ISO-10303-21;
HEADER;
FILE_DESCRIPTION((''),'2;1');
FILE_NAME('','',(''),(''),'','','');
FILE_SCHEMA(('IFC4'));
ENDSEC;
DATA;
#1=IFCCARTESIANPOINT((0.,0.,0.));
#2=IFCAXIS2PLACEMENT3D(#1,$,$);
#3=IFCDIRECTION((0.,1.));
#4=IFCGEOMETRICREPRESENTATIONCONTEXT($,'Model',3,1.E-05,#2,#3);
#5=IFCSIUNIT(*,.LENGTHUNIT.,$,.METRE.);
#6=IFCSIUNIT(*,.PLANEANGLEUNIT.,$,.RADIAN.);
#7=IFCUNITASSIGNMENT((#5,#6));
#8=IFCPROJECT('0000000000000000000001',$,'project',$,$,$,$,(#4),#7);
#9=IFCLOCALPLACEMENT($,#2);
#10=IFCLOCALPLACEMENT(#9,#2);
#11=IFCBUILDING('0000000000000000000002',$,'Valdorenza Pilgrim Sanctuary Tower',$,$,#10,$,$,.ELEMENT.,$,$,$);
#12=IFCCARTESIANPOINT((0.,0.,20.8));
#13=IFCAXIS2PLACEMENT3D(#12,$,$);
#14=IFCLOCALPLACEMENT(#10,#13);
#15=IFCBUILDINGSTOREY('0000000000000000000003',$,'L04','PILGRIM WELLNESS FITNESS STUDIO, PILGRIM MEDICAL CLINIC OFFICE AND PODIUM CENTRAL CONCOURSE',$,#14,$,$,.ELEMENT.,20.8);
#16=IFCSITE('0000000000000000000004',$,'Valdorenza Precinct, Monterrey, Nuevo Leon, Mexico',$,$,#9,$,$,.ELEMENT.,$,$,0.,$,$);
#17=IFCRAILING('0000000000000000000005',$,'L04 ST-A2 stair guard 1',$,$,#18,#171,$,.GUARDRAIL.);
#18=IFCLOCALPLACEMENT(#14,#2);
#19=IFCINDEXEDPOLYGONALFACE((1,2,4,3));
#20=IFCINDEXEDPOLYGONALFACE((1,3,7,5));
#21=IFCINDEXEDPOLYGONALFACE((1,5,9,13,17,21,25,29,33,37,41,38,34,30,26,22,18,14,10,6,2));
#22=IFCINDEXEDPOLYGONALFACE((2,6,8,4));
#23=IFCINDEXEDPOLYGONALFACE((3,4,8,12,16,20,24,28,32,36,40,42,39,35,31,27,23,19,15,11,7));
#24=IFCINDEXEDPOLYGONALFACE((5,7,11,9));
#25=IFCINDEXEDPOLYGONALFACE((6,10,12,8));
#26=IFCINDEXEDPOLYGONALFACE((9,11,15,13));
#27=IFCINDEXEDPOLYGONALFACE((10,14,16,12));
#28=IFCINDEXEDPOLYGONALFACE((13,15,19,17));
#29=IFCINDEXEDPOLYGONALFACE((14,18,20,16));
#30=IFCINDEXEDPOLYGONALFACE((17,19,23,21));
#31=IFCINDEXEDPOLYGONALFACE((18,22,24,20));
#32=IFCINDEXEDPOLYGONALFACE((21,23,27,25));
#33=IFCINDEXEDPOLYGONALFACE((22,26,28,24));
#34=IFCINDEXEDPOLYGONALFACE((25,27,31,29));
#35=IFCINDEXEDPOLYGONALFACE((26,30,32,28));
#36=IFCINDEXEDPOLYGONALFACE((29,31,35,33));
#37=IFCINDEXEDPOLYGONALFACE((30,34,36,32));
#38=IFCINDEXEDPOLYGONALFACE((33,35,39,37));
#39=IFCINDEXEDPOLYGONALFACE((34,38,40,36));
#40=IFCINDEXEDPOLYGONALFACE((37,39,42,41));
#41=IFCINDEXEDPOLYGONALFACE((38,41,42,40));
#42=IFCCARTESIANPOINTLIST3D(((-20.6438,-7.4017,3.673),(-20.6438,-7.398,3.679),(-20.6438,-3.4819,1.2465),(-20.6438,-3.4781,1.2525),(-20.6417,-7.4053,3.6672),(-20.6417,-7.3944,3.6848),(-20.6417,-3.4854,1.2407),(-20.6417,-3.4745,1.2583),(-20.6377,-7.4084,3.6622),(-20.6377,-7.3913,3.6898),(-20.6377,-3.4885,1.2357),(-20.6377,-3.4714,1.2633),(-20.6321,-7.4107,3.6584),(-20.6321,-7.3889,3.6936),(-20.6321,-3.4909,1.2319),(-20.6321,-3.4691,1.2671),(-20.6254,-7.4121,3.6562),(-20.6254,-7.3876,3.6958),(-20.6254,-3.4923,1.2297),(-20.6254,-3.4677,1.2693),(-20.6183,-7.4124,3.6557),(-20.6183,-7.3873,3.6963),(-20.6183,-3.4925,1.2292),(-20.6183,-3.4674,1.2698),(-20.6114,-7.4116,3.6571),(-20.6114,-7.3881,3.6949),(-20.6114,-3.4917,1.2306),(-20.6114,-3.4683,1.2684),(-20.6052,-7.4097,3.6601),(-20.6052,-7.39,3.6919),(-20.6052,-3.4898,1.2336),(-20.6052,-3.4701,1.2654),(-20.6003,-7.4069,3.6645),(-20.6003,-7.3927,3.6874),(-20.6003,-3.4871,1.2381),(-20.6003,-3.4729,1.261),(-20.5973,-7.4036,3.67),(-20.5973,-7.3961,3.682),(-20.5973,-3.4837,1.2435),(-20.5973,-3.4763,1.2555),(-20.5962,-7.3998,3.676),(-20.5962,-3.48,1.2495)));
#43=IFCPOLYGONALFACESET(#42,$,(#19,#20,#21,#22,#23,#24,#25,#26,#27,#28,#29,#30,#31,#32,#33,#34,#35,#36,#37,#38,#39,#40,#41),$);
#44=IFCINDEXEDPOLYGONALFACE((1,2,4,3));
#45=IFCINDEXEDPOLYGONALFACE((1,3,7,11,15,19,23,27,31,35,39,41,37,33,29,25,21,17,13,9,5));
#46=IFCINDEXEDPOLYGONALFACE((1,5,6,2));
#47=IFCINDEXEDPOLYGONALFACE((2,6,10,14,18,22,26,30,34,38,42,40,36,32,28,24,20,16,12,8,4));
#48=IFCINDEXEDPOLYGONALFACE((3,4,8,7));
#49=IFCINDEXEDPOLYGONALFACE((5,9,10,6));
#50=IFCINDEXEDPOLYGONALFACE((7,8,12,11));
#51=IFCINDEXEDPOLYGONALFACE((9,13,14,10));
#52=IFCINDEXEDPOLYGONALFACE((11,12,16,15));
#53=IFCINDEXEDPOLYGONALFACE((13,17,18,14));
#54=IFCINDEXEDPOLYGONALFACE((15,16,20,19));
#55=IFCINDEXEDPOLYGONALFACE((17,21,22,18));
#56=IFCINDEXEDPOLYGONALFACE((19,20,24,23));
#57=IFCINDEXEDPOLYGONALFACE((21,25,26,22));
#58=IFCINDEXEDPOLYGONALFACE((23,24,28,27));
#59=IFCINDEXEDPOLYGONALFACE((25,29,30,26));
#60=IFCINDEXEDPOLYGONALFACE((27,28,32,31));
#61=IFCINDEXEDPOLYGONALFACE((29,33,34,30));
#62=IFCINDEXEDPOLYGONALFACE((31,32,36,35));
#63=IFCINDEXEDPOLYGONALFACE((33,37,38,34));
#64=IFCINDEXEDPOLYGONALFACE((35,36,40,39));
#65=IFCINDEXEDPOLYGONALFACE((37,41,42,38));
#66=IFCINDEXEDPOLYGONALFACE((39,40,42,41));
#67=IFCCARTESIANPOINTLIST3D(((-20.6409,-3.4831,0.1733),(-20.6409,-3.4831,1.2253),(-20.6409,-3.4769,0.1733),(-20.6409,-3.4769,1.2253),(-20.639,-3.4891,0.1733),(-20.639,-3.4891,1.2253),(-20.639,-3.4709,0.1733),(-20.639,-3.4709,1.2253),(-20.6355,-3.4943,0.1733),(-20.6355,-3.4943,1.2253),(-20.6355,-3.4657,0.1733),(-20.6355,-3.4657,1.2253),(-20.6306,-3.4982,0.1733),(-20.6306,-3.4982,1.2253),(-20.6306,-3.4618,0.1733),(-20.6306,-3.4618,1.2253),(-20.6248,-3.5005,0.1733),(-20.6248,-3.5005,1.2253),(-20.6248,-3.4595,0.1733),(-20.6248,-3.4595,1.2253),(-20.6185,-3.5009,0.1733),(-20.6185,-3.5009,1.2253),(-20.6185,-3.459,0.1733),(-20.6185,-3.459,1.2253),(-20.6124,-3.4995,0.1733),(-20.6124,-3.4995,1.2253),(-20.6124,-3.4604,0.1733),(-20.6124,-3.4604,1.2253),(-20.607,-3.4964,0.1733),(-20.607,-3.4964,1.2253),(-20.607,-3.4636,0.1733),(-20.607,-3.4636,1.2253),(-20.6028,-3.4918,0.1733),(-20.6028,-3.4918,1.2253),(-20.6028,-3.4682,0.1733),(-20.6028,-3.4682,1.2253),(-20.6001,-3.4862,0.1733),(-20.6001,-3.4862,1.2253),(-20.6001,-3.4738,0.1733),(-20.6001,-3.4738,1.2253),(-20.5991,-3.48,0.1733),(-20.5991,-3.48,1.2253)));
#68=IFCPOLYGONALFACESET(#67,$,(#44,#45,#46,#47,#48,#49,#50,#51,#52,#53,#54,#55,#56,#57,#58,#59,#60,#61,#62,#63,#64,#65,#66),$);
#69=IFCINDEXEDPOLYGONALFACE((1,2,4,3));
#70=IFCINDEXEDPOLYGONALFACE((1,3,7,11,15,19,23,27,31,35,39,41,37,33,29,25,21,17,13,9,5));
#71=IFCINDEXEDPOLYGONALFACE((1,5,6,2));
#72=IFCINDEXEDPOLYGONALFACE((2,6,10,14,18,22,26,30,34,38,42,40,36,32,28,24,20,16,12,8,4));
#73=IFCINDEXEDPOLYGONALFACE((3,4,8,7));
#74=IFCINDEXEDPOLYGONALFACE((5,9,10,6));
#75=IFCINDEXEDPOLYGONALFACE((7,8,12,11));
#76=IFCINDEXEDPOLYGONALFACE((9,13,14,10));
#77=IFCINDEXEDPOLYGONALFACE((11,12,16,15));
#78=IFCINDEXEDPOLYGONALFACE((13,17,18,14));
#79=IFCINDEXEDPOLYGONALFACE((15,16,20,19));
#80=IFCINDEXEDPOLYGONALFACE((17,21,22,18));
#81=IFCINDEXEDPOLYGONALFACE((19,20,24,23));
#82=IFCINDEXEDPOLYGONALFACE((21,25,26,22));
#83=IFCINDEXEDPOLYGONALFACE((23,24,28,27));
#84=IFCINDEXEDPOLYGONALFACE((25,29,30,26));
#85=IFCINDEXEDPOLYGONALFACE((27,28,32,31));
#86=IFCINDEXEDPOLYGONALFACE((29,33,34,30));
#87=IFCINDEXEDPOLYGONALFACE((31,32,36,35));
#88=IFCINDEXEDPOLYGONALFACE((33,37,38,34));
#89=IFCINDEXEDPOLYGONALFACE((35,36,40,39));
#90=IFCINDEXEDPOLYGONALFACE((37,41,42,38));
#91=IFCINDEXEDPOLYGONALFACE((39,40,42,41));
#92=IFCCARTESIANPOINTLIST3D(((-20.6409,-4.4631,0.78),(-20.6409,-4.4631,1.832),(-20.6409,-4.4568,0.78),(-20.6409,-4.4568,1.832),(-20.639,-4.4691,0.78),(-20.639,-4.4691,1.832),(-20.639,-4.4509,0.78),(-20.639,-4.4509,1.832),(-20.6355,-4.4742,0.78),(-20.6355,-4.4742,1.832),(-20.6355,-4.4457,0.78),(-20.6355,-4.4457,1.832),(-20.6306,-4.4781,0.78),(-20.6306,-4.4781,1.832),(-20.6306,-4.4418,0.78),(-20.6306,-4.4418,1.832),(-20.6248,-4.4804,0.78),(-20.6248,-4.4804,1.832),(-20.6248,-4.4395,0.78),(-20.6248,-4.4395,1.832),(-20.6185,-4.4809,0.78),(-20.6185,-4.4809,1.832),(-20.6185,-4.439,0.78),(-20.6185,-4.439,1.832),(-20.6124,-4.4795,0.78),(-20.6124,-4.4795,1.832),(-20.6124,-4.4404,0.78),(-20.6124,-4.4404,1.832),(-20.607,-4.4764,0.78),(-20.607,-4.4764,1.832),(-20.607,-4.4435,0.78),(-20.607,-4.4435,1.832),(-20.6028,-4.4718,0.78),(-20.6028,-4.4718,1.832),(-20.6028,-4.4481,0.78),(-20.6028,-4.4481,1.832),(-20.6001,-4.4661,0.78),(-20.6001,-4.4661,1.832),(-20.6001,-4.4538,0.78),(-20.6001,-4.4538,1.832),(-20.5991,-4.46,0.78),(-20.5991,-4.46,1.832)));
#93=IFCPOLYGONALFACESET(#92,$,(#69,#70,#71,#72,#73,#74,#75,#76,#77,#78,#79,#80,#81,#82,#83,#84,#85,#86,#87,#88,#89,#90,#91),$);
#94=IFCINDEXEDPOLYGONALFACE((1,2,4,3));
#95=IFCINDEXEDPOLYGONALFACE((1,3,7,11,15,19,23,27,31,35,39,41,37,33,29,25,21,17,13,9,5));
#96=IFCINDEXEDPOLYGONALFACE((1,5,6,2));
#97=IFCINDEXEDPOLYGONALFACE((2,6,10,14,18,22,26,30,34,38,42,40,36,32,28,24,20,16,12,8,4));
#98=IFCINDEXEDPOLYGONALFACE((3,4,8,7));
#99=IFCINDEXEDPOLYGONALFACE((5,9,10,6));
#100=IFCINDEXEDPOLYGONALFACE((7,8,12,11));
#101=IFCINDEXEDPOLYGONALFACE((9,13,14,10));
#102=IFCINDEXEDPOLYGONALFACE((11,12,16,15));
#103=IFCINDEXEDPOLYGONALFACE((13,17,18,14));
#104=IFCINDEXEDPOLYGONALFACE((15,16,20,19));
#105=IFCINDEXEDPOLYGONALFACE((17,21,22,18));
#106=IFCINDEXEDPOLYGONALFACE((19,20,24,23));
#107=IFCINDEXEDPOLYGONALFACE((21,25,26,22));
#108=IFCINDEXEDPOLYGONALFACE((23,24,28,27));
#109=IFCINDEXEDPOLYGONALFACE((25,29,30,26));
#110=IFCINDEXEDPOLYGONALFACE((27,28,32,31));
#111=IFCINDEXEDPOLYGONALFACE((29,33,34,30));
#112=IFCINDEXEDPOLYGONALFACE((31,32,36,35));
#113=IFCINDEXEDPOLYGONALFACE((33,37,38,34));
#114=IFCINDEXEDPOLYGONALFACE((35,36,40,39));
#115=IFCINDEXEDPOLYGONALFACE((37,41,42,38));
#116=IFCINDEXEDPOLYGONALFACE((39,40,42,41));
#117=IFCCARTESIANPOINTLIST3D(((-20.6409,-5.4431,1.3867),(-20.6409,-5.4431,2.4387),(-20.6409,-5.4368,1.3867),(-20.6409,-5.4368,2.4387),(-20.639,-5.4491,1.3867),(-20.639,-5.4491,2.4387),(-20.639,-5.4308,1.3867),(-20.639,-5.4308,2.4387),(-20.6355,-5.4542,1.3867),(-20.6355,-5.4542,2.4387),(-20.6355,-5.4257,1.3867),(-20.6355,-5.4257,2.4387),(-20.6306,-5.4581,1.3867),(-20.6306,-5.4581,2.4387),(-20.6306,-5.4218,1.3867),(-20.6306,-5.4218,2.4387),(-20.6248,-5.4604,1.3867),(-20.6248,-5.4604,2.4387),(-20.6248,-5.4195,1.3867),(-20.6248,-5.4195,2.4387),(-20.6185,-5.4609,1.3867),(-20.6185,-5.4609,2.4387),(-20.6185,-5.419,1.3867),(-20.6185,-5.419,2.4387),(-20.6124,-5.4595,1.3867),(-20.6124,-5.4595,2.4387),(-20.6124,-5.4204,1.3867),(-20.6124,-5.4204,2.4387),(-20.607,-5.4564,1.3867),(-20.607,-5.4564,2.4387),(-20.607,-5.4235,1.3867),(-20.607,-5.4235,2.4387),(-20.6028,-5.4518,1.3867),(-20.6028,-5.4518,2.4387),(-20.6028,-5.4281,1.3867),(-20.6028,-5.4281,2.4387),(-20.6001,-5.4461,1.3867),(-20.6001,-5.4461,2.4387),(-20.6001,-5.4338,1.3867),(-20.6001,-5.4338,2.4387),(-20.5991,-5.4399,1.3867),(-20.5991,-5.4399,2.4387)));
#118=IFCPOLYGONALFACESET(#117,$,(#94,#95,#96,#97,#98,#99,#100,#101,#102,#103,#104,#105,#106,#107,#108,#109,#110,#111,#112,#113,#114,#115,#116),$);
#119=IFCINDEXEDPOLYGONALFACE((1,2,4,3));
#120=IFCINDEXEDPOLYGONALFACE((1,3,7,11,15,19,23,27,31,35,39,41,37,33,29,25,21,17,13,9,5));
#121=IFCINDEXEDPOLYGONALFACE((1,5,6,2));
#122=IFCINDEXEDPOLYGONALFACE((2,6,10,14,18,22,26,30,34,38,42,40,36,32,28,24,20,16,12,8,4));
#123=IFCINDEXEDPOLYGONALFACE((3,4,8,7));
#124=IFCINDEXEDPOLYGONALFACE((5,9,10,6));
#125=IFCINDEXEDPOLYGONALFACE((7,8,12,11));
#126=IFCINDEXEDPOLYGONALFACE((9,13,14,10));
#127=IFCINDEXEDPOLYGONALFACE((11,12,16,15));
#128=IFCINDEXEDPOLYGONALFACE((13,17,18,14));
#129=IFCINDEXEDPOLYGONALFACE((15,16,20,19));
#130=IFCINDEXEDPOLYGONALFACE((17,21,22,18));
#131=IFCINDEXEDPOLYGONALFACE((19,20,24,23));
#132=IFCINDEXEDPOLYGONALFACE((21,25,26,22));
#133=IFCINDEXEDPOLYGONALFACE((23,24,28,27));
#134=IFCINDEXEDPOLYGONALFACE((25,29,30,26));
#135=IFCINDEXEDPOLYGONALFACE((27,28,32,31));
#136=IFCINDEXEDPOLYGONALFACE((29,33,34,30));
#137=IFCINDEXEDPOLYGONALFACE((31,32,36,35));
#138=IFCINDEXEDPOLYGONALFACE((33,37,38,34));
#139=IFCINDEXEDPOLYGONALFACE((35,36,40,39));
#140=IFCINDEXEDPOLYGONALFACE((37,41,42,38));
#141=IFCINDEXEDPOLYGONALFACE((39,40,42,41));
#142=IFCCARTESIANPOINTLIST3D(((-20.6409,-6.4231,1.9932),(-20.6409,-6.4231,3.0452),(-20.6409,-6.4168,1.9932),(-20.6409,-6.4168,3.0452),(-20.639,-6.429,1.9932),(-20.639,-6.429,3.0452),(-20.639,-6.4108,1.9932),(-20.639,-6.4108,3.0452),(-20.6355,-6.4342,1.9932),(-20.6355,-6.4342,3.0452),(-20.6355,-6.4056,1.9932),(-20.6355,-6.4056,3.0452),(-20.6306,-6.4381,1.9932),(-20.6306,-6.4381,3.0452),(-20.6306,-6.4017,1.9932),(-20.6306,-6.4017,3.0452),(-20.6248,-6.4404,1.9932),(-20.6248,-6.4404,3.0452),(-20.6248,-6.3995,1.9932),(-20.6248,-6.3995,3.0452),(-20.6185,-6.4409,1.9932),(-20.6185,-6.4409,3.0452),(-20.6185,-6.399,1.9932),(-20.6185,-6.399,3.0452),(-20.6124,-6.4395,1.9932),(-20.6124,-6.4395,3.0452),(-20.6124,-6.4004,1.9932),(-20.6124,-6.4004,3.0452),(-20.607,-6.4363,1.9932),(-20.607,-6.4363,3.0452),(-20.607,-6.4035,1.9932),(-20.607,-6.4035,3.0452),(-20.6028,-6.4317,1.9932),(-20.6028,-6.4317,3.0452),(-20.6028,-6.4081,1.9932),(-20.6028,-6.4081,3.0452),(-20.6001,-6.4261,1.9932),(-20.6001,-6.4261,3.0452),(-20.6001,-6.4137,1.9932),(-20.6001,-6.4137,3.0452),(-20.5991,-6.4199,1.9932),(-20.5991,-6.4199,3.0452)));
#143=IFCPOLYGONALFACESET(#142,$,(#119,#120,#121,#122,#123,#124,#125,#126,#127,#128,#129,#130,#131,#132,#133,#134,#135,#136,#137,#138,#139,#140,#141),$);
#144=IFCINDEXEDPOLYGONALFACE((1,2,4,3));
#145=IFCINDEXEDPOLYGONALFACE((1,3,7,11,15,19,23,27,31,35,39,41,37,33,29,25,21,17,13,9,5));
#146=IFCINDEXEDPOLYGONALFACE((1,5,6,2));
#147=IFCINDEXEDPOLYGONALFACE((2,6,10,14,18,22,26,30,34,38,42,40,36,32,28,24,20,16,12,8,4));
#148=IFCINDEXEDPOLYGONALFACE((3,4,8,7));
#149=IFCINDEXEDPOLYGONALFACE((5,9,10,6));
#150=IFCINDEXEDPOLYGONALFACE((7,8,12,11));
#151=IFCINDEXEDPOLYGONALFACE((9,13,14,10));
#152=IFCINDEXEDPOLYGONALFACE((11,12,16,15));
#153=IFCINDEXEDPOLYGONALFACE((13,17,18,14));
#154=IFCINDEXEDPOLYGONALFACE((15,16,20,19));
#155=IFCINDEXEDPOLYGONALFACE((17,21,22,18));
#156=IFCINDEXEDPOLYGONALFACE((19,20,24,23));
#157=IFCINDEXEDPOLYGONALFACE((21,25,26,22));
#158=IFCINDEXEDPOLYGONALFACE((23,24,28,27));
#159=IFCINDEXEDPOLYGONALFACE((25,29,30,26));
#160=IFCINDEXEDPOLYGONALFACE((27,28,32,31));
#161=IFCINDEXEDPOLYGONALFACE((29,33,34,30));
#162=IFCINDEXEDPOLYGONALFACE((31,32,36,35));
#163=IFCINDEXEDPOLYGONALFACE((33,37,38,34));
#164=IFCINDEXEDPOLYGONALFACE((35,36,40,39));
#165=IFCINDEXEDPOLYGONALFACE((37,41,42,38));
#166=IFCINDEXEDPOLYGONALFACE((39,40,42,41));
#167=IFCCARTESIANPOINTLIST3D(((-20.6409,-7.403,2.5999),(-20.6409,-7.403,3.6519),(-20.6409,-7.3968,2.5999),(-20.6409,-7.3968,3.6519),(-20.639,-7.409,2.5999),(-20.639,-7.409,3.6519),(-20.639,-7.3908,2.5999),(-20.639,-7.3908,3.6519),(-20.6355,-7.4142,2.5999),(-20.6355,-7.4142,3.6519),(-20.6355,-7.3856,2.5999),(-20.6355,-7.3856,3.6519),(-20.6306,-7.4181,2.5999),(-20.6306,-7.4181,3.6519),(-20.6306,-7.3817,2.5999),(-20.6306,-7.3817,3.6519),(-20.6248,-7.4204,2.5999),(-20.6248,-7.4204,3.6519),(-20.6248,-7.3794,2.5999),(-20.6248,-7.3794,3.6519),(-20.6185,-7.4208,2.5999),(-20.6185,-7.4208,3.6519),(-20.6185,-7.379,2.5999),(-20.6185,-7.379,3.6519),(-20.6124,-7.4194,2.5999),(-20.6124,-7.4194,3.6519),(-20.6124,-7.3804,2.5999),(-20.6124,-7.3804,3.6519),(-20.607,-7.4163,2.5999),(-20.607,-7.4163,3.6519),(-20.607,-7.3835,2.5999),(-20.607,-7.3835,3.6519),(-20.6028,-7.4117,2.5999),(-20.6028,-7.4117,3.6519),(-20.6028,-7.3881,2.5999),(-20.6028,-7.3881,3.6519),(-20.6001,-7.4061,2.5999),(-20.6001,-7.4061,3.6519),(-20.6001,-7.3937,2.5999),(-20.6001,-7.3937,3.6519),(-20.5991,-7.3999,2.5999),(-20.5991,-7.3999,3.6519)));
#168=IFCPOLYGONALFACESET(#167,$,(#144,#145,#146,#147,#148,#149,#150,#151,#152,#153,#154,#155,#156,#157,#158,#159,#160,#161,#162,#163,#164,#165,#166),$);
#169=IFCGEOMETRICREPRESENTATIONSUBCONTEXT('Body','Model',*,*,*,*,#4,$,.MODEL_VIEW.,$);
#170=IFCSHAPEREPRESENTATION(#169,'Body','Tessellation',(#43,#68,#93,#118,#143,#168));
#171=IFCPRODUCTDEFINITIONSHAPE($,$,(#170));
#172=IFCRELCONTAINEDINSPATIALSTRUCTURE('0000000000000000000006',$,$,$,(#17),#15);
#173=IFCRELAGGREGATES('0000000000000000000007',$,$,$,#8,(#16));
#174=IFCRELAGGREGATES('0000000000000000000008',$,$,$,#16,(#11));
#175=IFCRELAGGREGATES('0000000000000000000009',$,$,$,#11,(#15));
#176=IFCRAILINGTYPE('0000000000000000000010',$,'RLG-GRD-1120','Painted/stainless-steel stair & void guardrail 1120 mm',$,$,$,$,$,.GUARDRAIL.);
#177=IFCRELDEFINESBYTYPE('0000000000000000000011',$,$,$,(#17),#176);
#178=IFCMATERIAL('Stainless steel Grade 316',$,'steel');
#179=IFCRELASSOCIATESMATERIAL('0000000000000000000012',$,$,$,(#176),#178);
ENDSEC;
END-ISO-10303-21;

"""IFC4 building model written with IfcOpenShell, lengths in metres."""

from ifc_helpers import new_model, si_unit, direction, frame, origin, origin_2d, place, context, subcontext, project, spatial, circle, extrude, material, type_object, element, save


model = new_model("IFC4")

# Units and contexts
model_context = context("Model", 3, precision=1e-05, world=origin(), true_north=direction((0.0, 1.0)))
body_context = subcontext(model_context, "Body", "Model", "MODEL_VIEW")
ifc_project = project(units=[si_unit("LENGTHUNIT", "METRE"), si_unit("PLANEANGLEUNIT", "RADIAN")], contexts=[model_context])

# Site, building, storey
site_placement = place(None, origin())
site = spatial("IfcSite", under=ifc_project, at=site_placement, Name="Valdorenza Precinct, Monterrey, Nuevo Leon, Mexico", CompositionType="ELEMENT", RefElevation=0.0)
building_placement = place(site_placement, origin())
building = spatial("IfcBuilding", under=site, at=building_placement, Name="Valdorenza Pilgrim Sanctuary Tower", CompositionType="ELEMENT")
storey_placement = place(building_placement, frame((0.0, 0.0, 20.8)))
storey = spatial("IfcBuildingStorey", under=building, at=storey_placement, Name="L04", Description="PILGRIM WELLNESS FITNESS STUDIO, PILGRIM MEDICAL CLINIC OFFICE AND PODIUM CENTRAL CONCOURSE", CompositionType="ELEMENT", Elevation=20.8)

# Railing
ifc_material_1 = material(Name="Stainless steel Grade 316", Category="steel")
railing_type_1 = type_object("IfcRailingType", Name="RLG-GRD-1120", Description="Painted/stainless-steel stair & void guardrail 1120 mm", PredefinedType="GUARDRAIL", material=ifc_material_1)
railing_1_placement = place(storey_placement, frame((-20.6201, -3.48, 0.1733)))
element("IfcRailing", 1, at=railing_1_placement, inside=storey, type_object=railing_type_1, Name="L04 ST-A2 stair guard 1", PredefinedType="GUARDRAIL", context=body_context, shape_type="SweptSolid", body=[
    extrude(circle(Radius=0.0239, at=origin_2d()), frame((0.0, 0.0, 1.0762), z_axis=(0.0, -0.850275, 0.526338), x_axis=(1.0, 0.0, 0.0)), (0.0, 0.0, 1.0), 4.6101),
    extrude(circle(Radius=0.021, at=origin_2d()), origin(), (0.0, 0.0, 1.0), 1.052),
    extrude(circle(Radius=0.021, at=origin_2d()), frame((0.0, -0.98, 0.6067)), (0.0, 0.0, 1.0), 1.052),
    extrude(circle(Radius=0.021, at=origin_2d()), frame((0.0, -1.96, 1.2134)), (0.0, 0.0, 1.0), 1.052),
    extrude(circle(Radius=0.021, at=origin_2d()), frame((0.0, -2.9399, 1.8198)), (0.0, 0.0, 1.0), 1.052),
    extrude(circle(Radius=0.021, at=origin_2d()), frame((0.0, -3.9199, 2.4265)), (0.0, 0.0, 1.0), 1.052),
])

save(model, "model.ifc")
